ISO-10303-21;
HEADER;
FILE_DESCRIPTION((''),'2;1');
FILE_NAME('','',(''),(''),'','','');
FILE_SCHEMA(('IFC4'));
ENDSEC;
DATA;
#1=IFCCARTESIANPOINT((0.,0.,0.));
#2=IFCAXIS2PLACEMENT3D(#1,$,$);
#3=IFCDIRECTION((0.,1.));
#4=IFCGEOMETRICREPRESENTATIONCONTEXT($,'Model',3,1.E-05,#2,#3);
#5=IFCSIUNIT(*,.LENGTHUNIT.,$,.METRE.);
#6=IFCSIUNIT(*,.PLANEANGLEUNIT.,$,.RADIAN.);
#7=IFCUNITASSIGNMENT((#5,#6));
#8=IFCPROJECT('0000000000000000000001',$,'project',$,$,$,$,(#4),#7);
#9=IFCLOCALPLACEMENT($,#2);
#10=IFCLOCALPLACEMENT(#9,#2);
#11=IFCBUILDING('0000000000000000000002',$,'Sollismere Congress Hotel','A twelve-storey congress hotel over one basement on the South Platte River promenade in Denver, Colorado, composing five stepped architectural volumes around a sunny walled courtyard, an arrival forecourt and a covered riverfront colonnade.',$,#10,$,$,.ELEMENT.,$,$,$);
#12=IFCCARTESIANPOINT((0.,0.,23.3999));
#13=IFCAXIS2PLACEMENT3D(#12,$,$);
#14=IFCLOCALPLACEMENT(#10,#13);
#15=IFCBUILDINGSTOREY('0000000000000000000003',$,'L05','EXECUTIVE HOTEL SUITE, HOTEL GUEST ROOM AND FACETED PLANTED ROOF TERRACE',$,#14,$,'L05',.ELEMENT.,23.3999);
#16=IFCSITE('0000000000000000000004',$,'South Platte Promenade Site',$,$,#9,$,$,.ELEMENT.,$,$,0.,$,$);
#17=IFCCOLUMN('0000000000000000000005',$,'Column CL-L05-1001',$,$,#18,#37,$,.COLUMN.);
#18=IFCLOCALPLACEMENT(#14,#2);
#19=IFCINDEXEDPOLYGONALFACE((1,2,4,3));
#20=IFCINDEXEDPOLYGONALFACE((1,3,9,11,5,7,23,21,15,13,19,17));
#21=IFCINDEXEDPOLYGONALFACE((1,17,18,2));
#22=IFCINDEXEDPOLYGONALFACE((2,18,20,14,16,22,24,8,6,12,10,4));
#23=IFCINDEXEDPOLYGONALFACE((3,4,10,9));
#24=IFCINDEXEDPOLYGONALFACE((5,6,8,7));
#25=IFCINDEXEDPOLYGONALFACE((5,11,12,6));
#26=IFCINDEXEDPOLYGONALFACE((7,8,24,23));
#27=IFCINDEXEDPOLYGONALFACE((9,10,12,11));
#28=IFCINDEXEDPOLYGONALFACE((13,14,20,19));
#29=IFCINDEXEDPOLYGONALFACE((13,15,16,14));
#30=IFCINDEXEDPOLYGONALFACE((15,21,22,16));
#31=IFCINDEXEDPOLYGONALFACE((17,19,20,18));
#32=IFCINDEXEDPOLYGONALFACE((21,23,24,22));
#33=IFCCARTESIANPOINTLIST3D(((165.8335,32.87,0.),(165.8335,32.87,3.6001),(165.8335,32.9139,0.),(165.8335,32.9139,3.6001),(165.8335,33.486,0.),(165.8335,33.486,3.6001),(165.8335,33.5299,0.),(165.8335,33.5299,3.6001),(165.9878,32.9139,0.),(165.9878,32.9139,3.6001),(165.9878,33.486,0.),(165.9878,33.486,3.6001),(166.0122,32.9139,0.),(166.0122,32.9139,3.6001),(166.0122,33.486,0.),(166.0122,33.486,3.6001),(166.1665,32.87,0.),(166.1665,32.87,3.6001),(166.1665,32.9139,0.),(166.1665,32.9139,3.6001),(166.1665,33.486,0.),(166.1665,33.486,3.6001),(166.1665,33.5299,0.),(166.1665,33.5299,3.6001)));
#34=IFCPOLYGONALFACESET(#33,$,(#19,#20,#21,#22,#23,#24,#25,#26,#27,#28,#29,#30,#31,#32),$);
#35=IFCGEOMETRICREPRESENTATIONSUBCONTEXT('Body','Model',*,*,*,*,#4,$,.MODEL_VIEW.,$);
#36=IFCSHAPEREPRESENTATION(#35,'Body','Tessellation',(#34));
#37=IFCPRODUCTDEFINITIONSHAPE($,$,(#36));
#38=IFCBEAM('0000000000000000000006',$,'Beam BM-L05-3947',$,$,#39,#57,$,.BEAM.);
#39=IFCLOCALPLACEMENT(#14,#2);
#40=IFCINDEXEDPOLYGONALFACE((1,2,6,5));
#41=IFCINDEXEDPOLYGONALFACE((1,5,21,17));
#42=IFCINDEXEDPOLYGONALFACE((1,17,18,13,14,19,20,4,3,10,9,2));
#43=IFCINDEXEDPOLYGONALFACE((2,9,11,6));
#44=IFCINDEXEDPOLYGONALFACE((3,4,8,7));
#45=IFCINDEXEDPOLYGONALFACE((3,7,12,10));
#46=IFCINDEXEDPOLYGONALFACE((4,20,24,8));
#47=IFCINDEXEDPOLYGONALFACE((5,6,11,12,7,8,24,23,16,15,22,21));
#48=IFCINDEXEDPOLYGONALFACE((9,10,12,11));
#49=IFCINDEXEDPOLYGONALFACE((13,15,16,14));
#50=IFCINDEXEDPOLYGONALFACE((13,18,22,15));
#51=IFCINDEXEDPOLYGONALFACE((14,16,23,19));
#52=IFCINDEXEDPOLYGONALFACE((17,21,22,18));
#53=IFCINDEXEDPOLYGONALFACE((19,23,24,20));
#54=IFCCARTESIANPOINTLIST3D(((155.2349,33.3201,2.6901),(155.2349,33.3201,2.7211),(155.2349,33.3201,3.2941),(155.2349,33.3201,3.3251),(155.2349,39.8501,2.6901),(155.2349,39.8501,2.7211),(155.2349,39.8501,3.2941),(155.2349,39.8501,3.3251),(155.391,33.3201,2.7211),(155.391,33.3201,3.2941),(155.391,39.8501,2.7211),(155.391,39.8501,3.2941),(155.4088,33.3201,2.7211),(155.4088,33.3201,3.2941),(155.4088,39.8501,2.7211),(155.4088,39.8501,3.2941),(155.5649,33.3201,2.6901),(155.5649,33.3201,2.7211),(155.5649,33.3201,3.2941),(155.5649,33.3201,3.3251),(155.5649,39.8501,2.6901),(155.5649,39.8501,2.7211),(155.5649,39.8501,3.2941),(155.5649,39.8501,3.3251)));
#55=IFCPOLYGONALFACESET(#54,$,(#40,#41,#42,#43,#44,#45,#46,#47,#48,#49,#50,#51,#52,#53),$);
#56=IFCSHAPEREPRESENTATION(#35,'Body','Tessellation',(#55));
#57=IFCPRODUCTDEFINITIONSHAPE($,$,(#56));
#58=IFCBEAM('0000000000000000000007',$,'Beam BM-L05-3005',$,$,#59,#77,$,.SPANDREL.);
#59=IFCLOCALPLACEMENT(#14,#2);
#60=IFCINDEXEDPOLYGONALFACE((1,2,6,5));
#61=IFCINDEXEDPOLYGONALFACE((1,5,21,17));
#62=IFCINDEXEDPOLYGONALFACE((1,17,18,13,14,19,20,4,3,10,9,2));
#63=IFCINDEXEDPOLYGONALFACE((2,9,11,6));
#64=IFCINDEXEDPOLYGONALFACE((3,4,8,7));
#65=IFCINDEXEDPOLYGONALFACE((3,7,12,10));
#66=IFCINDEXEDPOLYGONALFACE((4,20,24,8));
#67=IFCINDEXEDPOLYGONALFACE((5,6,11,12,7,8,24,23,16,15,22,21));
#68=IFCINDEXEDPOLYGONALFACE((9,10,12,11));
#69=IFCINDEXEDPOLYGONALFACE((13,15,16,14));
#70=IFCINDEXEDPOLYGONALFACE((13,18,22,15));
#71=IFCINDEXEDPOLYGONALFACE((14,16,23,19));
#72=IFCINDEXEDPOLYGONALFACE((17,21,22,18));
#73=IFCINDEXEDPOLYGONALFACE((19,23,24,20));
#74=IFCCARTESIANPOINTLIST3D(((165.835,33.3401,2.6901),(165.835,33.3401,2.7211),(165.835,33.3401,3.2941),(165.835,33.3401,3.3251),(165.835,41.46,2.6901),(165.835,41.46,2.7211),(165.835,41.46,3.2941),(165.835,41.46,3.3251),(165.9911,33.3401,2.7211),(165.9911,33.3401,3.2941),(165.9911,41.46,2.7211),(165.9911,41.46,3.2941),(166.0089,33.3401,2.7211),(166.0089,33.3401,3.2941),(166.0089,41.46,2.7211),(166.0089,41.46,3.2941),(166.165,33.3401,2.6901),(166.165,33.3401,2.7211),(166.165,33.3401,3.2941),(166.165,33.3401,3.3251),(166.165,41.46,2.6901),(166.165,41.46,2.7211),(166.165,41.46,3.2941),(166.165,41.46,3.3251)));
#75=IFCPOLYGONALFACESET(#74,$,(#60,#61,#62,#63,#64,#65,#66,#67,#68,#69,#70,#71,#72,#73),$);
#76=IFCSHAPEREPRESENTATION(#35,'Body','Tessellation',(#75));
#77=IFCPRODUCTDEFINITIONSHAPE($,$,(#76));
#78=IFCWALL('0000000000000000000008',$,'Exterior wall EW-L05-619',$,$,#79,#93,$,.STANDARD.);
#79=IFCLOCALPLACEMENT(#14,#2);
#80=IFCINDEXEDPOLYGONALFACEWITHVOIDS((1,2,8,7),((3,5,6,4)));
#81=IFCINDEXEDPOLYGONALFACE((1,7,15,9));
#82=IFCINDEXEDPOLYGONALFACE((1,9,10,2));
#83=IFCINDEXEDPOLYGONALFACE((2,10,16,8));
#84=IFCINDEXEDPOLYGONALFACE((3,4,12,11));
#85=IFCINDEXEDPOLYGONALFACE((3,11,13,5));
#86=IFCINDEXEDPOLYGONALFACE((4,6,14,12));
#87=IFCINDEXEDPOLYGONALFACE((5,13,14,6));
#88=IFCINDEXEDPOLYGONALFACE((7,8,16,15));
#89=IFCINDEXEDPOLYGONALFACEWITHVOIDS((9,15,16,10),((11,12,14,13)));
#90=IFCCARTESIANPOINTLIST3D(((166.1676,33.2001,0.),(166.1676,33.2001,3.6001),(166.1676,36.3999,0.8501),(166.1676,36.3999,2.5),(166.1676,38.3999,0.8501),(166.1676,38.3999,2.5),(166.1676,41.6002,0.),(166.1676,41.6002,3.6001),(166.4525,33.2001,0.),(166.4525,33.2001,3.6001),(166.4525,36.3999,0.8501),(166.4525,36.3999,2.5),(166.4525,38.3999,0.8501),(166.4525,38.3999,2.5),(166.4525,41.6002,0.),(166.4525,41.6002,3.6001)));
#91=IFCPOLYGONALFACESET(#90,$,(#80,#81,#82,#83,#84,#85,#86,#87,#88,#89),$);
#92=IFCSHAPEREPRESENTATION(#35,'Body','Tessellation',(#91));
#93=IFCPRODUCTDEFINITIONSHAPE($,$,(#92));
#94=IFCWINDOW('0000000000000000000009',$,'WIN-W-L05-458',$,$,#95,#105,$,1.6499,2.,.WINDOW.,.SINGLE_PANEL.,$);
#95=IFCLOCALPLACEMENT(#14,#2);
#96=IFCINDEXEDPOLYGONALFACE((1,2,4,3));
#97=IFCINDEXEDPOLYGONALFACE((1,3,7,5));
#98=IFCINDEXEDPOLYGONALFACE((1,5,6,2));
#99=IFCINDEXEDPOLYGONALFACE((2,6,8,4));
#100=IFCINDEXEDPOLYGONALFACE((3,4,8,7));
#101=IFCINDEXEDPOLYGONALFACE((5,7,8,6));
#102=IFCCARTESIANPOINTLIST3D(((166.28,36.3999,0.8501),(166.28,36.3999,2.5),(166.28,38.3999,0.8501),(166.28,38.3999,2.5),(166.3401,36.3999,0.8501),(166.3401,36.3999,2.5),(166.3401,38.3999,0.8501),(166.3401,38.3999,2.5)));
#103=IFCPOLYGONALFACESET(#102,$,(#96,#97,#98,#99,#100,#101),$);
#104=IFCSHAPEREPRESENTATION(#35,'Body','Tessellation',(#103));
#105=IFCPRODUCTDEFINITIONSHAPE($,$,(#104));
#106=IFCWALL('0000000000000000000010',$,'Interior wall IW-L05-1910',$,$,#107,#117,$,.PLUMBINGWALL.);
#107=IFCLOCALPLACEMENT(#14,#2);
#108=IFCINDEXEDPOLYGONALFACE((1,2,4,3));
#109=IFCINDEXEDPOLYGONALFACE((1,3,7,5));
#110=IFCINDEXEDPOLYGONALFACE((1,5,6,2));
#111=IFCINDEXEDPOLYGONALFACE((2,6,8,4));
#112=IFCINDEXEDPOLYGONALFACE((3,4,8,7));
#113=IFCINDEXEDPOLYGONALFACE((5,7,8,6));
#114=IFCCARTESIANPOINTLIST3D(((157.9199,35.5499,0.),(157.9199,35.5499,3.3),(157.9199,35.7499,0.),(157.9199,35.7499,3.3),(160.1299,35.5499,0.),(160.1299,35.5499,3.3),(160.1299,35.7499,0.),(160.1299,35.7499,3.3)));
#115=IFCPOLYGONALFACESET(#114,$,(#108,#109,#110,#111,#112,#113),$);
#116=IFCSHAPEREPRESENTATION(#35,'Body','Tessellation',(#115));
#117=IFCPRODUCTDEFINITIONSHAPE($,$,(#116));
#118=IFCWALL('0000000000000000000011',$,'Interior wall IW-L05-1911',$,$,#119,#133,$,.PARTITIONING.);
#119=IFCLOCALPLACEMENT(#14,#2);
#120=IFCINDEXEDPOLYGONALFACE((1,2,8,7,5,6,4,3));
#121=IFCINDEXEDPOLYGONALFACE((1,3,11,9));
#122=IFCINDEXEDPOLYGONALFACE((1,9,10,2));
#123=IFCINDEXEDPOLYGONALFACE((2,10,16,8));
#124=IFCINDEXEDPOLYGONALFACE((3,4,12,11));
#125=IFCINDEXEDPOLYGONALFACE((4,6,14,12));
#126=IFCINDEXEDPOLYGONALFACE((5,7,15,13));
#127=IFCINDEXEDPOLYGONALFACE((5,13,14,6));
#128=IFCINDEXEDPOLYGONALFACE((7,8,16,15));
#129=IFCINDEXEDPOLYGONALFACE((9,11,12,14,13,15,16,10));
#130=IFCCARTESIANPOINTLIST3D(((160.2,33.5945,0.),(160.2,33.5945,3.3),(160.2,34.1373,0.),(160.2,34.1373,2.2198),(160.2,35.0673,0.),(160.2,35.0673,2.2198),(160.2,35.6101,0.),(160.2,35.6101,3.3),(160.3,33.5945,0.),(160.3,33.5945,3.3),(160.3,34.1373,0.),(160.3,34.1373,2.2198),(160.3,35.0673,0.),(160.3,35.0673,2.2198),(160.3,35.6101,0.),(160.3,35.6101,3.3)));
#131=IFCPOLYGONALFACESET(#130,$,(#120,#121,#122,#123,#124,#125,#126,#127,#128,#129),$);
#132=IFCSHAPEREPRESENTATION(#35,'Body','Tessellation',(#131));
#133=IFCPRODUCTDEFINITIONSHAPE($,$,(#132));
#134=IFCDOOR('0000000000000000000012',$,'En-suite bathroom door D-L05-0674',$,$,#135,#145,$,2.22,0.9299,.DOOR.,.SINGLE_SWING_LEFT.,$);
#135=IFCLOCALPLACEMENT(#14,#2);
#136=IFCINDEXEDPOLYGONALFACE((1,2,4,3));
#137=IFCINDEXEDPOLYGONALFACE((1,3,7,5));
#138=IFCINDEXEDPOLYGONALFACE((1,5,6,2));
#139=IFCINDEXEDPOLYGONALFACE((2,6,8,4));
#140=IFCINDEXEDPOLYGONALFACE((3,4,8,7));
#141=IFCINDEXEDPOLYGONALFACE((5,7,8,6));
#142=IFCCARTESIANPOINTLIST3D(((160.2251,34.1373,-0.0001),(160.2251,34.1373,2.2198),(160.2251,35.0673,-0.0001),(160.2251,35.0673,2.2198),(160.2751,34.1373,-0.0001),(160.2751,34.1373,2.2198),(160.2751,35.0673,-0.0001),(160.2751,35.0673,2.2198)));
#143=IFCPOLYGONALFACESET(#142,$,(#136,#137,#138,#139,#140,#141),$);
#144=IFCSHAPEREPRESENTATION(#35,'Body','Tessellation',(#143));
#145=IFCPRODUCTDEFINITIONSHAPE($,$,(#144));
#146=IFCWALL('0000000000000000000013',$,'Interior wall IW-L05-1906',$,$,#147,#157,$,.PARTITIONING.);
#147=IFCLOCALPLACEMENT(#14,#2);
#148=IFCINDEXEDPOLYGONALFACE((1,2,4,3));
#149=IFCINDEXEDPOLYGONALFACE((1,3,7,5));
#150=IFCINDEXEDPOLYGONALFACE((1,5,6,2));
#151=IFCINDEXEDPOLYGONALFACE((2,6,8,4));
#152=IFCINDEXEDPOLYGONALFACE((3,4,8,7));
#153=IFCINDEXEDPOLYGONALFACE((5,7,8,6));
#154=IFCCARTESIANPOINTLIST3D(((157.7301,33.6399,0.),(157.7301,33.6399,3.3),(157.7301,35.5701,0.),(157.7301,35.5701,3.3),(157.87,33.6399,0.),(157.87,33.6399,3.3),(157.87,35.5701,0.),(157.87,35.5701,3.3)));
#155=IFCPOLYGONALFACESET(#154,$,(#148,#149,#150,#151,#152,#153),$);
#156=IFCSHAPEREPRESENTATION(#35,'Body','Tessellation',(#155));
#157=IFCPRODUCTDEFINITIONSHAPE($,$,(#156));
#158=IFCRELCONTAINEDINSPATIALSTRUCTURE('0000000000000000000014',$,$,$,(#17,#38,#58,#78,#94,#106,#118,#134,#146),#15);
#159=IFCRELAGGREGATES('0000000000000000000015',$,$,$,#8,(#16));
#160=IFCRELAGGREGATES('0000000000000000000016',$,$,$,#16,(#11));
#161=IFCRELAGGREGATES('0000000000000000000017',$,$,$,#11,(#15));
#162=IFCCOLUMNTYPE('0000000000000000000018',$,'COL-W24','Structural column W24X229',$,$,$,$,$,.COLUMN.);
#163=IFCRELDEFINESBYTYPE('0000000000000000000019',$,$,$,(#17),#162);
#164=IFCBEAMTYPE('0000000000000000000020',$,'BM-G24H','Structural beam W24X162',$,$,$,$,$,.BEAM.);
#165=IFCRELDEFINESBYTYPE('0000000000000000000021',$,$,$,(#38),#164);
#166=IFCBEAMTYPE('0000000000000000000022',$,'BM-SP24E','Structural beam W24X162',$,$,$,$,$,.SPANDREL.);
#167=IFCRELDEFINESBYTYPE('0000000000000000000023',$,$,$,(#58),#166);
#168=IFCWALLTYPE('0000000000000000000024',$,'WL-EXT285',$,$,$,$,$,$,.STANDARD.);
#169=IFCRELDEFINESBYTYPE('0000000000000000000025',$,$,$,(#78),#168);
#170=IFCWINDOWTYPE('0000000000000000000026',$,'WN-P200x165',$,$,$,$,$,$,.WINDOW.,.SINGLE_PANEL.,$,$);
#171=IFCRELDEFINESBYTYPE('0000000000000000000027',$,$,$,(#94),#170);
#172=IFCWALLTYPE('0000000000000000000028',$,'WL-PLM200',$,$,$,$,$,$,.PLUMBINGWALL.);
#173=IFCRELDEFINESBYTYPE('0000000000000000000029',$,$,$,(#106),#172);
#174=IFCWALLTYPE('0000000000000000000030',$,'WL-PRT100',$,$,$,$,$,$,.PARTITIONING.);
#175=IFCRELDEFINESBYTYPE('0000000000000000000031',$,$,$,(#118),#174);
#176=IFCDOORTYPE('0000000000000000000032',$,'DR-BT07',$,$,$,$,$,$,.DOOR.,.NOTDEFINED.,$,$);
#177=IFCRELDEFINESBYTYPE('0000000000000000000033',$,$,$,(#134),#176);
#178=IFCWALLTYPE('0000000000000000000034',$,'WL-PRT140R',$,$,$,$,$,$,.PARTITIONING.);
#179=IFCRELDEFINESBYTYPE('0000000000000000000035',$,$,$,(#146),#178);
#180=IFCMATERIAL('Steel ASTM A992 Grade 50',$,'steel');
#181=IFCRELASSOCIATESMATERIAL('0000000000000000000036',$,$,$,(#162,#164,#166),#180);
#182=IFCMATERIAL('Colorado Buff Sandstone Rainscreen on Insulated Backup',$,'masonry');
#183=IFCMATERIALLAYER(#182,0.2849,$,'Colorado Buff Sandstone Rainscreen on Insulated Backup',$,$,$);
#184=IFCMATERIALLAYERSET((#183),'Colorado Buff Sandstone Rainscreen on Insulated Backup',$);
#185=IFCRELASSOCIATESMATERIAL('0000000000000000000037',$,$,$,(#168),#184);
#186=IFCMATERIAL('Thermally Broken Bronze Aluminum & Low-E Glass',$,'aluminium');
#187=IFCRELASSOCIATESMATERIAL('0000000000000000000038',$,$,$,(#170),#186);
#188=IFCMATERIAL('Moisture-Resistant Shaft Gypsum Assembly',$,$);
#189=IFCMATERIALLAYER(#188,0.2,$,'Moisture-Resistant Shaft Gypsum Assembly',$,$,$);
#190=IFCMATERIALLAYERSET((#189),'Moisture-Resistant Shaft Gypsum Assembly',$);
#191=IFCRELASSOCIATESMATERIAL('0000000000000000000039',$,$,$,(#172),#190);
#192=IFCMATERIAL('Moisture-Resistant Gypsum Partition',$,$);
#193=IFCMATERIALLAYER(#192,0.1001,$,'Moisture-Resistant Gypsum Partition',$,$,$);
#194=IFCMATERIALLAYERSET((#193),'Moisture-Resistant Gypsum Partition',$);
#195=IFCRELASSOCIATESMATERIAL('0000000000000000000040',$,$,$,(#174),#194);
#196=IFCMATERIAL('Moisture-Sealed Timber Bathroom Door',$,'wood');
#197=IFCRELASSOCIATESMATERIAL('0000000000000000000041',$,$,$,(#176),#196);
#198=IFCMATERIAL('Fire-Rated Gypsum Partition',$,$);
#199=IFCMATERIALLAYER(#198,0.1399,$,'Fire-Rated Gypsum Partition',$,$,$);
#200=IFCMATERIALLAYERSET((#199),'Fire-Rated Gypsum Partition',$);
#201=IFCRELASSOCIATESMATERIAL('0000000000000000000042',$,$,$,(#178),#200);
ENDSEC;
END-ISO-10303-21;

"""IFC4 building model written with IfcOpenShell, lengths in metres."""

from ifc_helpers import new_model, si_unit, direction, frame, frame_2d, origin, origin_2d, place, context, subcontext, project, spatial, rectangle, i_section, extrude, material, layer, layer_set, material_profile, profile_set, type_object, element, fill, save


model = new_model("IFC4")

# Units and contexts
model_context = context("Model", 3, precision=1e-05, world=origin(), true_north=direction((0.0, 1.0)))
body_context = subcontext(model_context, "Body", "Model", "MODEL_VIEW")
ifc_project = project(units=[si_unit("LENGTHUNIT", "METRE"), si_unit("PLANEANGLEUNIT", "RADIAN")], contexts=[model_context])

# Site, building, storey
site_placement = place(None, origin())
site = spatial("IfcSite", under=ifc_project, at=site_placement, Name="South Platte Promenade Site", CompositionType="ELEMENT", RefElevation=0.0)
building_placement = place(site_placement, origin())
building = spatial("IfcBuilding", under=site, at=building_placement, Name="Sollismere Congress Hotel", Description="A twelve-storey congress hotel over one basement on the South Platte River promenade in Denver, Colorado, composing five stepped architectural volumes around a sunny walled courtyard, an arrival forecourt and a covered riverfront colonnade.", CompositionType="ELEMENT")
storey_placement = place(building_placement, frame((0.0, 0.0, 23.3999)))
storey = spatial("IfcBuildingStorey", under=building, at=storey_placement, Name="L05", Description="EXECUTIVE HOTEL SUITE, HOTEL GUEST ROOM AND FACETED PLANTED ROOF TERRACE", LongName="L05", CompositionType="ELEMENT", Elevation=23.3999)

# Column
ifc_material_1 = material(Name="Steel ASTM A992 Grade 50", Category="steel")
ifc_material_profile_1 = material_profile(ifc_material_1, i_section(OverallWidth=0.333, OverallDepth=0.6599, WebThickness=0.0244, FlangeThickness=0.0439, at=origin_2d()), Name="W24X229")
ifc_profile_set_1 = profile_set([ifc_material_profile_1], Name="Steel ASTM A992 Grade 50")
column_type = type_object("IfcColumnType", Name="COL-W24", Description="Structural column W24X229", PredefinedType="COLUMN", material=ifc_profile_set_1)
column_placement = place(storey_placement, frame((166.0, 33.2, 0.0), z_axis=(0.0, 0.0, 1.0), x_axis=(1.0, 0.0, 0.0)))
element("IfcColumn", 1, at=column_placement, inside=storey, type_object=column_type, Name="Column CL-L05-1001", PredefinedType="COLUMN", context=body_context, shape_type="SweptSolid", body=[
    extrude(i_section(OverallWidth=0.333, OverallDepth=0.6599, WebThickness=0.0244, FlangeThickness=0.0439, at=origin_2d()), origin(), (0.0, 0.0, 1.0), 3.6001),
])

# Beams
ifc_material_profile_2 = material_profile(ifc_material_1, i_section(OverallWidth=0.3301, OverallDepth=0.635, WebThickness=0.0178, FlangeThickness=0.031, at=origin_2d()), Name="W24X162")
ifc_profile_set_2 = profile_set([ifc_material_profile_2], Name="Steel ASTM A992 Grade 50")
beam_type_1 = type_object("IfcBeamType", Name="BM-G24H", Description="Structural beam W24X162", PredefinedType="BEAM", material=ifc_profile_set_2)
beam_1_placement = place(storey_placement, frame((155.3999, 33.3201, 3.0076), z_axis=(0.0, 1.0, 0.0), x_axis=(-1.0, 0.0, 0.0)))
element("IfcBeam", 2, at=beam_1_placement, inside=storey, type_object=beam_type_1, Name="Beam BM-L05-3947", PredefinedType="BEAM", context=body_context, shape_type="SweptSolid", body=[
    extrude(i_section(OverallWidth=0.3301, OverallDepth=0.635, WebThickness=0.0178, FlangeThickness=0.031, at=origin_2d()), origin(), (0.0, 0.0, 1.0), 6.53),
])
ifc_material_profile_3 = material_profile(ifc_material_1, i_section(OverallWidth=0.3301, OverallDepth=0.635, WebThickness=0.0178, FlangeThickness=0.031, at=origin_2d()), Name="W24X162")
ifc_profile_set_3 = profile_set([ifc_material_profile_3], Name="Steel ASTM A992 Grade 50")
beam_type_2 = type_object("IfcBeamType", Name="BM-SP24E", Description="Structural beam W24X162", PredefinedType="SPANDREL", material=ifc_profile_set_3)
beam_2_placement = place(storey_placement, frame((166.0, 33.3401, 3.0076), z_axis=(0.0, 1.0, 0.0), x_axis=(-1.0, 0.0, 0.0)))
element("IfcBeam", 3, at=beam_2_placement, inside=storey, type_object=beam_type_2, Name="Beam BM-L05-3005", PredefinedType="SPANDREL", context=body_context, shape_type="SweptSolid", body=[
    extrude(i_section(OverallWidth=0.3301, OverallDepth=0.635, WebThickness=0.0178, FlangeThickness=0.031, at=origin_2d()), origin(), (0.0, 0.0, 1.0), 8.1199),
])

# Wall, opening, window
ifc_material_2 = material(Name="Colorado Buff Sandstone Rainscreen on Insulated Backup", Category="masonry")
ifc_layer_1 = layer(ifc_material_2, 0.2849, Name="Colorado Buff Sandstone Rainscreen on Insulated Backup")
ifc_layer_set_1 = layer_set([ifc_layer_1], Name="Colorado Buff Sandstone Rainscreen on Insulated Backup")
wall_type_1 = type_object("IfcWallType", Name="WL-EXT285", PredefinedType="STANDARD", material=ifc_layer_set_1)
wall_1_placement = place(storey_placement, frame((166.3101, 33.2, 0.0), z_axis=(0.0, 0.0, 1.0), x_axis=(0.0, 1.0, 0.0)))
wall_1 = element("IfcWall", 4, at=wall_1_placement, inside=storey, type_object=wall_type_1, Name="Exterior wall EW-L05-619", PredefinedType="STANDARD", context=body_context, shape_type="SweptSolid", body=[
    extrude(rectangle(XDim=8.4001, YDim=0.2849, at=frame_2d((4.2002, 0.0))), origin(), (0.0, 0.0, 1.0), 3.6001),
])
opening_1_placement = place(wall_1_placement, frame((3.2, 0.0, 0.8501)))
opening_1 = element("IfcOpeningElement", 5, at=opening_1_placement, cuts=wall_1, PredefinedType="OPENING", context=body_context, shape_type="SweptSolid", body=[
    extrude(rectangle(XDim=2.0, YDim=1.6499, at=frame_2d((1.0, 0.825))), frame((0.0, 0.1523, 0.0), z_axis=(0.0, -1.0, 0.0), x_axis=(1.0, 0.0, 0.0)), (0.0, 0.0, 1.0), 0.3049),
])
ifc_material_3 = material(Name="Thermally Broken Bronze Aluminum & Low-E Glass", Category="aluminium")
window_type = type_object("IfcWindowType", Name="WN-P200x165", PartitioningType="SINGLE_PANEL", PredefinedType="WINDOW", material=ifc_material_3)
window_placement = place(opening_1_placement, origin())
window = element("IfcWindow", 6, at=window_placement, inside=storey, type_object=window_type, Name="WIN-W-L05-458", OverallHeight=1.6499, OverallWidth=2.0, PartitioningType="SINGLE_PANEL", PredefinedType="WINDOW", context=body_context, shape_type="SweptSolid", body=[
    extrude(rectangle(XDim=2.0, YDim=1.6499, at=frame_2d((1.0, 0.825))), frame((0.0, 0.03, 0.0), z_axis=(0.0, -1.0, 0.0), x_axis=(1.0, 0.0, 0.0)), (0.0, 0.0, 1.0), 0.0601),
])
fill(opening_1, window)

# Wall
ifc_material_4 = material(Name="Moisture-Resistant Shaft Gypsum Assembly")
ifc_layer_2 = layer(ifc_material_4, 0.2, Name="Moisture-Resistant Shaft Gypsum Assembly")
ifc_layer_set_2 = layer_set([ifc_layer_2], Name="Moisture-Resistant Shaft Gypsum Assembly")
wall_type_2 = type_object("IfcWallType", Name="WL-PLM200", PredefinedType="PLUMBINGWALL", material=ifc_layer_set_2)
wall_2_placement = place(storey_placement, frame((157.9199, 35.6499, 0.0), z_axis=(0.0, 0.0, 1.0), x_axis=(1.0, 0.0, 0.0)))
element("IfcWall", 7, at=wall_2_placement, inside=storey, type_object=wall_type_2, Name="Interior wall IW-L05-1910", PredefinedType="PLUMBINGWALL", context=body_context, shape_type="SweptSolid", body=[
    extrude(rectangle(XDim=2.21, YDim=0.2, at=frame_2d((1.105, 0.0))), origin(), (0.0, 0.0, 1.0), 3.3),
])

# Wall, opening, door
ifc_material_5 = material(Name="Moisture-Resistant Gypsum Partition")
ifc_layer_3 = layer(ifc_material_5, 0.1001, Name="Moisture-Resistant Gypsum Partition")
ifc_layer_set_3 = layer_set([ifc_layer_3], Name="Moisture-Resistant Gypsum Partition")
wall_type_3 = type_object("IfcWallType", Name="WL-PRT100", PredefinedType="PARTITIONING", material=ifc_layer_set_3)
wall_3_placement = place(storey_placement, frame((160.25, 33.5945, 0.0), z_axis=(0.0, 0.0, 1.0), x_axis=(0.0, 1.0, 0.0)))
wall_3 = element("IfcWall", 8, at=wall_3_placement, inside=storey, type_object=wall_type_3, Name="Interior wall IW-L05-1911", PredefinedType="PARTITIONING", context=body_context, shape_type="SweptSolid", body=[
    extrude(rectangle(XDim=2.0156, YDim=0.1001, at=frame_2d((1.0078, 0.0))), origin(), (0.0, 0.0, 1.0), 3.3),
])
opening_2_placement = place(wall_3_placement, frame((0.543, 0.0, 0.0)))
opening_2 = element("IfcOpeningElement", 9, at=opening_2_placement, cuts=wall_3, PredefinedType="OPENING", context=body_context, shape_type="SweptSolid", body=[
    extrude(rectangle(XDim=0.9299, YDim=2.22, at=frame_2d((0.4648, 1.1099))), frame((0.0, 0.0601, 0.0), z_axis=(0.0, -1.0, 0.0), x_axis=(1.0, 0.0, 0.0)), (0.0, 0.0, 1.0), 0.1201),
])
ifc_material_6 = material(Name="Moisture-Sealed Timber Bathroom Door", Category="wood")
door_type_1 = type_object("IfcDoorType", Name="DR-BT07", OperationType="NOTDEFINED", PredefinedType="DOOR", material=ifc_material_6)
door_1_placement = place(opening_2_placement, origin())
door_1 = element("IfcDoor", 10, at=door_1_placement, inside=storey, type_object=door_type_1, Name="En-suite bathroom door D-L05-0674", OperationType="SINGLE_SWING_LEFT", OverallHeight=2.22, OverallWidth=0.9299, PredefinedType="DOOR", context=body_context, shape_type="SweptSolid", body=[
    extrude(rectangle(XDim=0.9299, YDim=2.22, at=frame_2d((0.4648, 1.1099))), frame((0.0, 0.0249, 0.0), z_axis=(0.0, -1.0, 0.0), x_axis=(1.0, 0.0, 0.0)), (0.0, 0.0, 1.0), 0.05),
])
fill(opening_2, door_1)

# Wall
ifc_material_7 = material(Name="Fire-Rated Gypsum Partition")
ifc_layer_4 = layer(ifc_material_7, 0.1399, Name="Fire-Rated Gypsum Partition")
ifc_layer_set_4 = layer_set([ifc_layer_4], Name="Fire-Rated Gypsum Partition")
wall_type_4 = type_object("IfcWallType", Name="WL-PRT140R", PredefinedType="PARTITIONING", material=ifc_layer_set_4)
wall_4_placement = place(storey_placement, frame((157.8, 33.6399, 0.0), z_axis=(0.0, 0.0, 1.0), x_axis=(0.0, 1.0, 0.0)))
element("IfcWall", 11, at=wall_4_placement, inside=storey, type_object=wall_type_4, Name="Interior wall IW-L05-1906", PredefinedType="PARTITIONING", context=body_context, shape_type="SweptSolid", body=[
    extrude(rectangle(XDim=1.9302, YDim=0.1399, at=frame_2d((0.9651, 0.0))), origin(), (0.0, 0.0, 1.0), 3.3),
])

save(model, "model.ifc")
